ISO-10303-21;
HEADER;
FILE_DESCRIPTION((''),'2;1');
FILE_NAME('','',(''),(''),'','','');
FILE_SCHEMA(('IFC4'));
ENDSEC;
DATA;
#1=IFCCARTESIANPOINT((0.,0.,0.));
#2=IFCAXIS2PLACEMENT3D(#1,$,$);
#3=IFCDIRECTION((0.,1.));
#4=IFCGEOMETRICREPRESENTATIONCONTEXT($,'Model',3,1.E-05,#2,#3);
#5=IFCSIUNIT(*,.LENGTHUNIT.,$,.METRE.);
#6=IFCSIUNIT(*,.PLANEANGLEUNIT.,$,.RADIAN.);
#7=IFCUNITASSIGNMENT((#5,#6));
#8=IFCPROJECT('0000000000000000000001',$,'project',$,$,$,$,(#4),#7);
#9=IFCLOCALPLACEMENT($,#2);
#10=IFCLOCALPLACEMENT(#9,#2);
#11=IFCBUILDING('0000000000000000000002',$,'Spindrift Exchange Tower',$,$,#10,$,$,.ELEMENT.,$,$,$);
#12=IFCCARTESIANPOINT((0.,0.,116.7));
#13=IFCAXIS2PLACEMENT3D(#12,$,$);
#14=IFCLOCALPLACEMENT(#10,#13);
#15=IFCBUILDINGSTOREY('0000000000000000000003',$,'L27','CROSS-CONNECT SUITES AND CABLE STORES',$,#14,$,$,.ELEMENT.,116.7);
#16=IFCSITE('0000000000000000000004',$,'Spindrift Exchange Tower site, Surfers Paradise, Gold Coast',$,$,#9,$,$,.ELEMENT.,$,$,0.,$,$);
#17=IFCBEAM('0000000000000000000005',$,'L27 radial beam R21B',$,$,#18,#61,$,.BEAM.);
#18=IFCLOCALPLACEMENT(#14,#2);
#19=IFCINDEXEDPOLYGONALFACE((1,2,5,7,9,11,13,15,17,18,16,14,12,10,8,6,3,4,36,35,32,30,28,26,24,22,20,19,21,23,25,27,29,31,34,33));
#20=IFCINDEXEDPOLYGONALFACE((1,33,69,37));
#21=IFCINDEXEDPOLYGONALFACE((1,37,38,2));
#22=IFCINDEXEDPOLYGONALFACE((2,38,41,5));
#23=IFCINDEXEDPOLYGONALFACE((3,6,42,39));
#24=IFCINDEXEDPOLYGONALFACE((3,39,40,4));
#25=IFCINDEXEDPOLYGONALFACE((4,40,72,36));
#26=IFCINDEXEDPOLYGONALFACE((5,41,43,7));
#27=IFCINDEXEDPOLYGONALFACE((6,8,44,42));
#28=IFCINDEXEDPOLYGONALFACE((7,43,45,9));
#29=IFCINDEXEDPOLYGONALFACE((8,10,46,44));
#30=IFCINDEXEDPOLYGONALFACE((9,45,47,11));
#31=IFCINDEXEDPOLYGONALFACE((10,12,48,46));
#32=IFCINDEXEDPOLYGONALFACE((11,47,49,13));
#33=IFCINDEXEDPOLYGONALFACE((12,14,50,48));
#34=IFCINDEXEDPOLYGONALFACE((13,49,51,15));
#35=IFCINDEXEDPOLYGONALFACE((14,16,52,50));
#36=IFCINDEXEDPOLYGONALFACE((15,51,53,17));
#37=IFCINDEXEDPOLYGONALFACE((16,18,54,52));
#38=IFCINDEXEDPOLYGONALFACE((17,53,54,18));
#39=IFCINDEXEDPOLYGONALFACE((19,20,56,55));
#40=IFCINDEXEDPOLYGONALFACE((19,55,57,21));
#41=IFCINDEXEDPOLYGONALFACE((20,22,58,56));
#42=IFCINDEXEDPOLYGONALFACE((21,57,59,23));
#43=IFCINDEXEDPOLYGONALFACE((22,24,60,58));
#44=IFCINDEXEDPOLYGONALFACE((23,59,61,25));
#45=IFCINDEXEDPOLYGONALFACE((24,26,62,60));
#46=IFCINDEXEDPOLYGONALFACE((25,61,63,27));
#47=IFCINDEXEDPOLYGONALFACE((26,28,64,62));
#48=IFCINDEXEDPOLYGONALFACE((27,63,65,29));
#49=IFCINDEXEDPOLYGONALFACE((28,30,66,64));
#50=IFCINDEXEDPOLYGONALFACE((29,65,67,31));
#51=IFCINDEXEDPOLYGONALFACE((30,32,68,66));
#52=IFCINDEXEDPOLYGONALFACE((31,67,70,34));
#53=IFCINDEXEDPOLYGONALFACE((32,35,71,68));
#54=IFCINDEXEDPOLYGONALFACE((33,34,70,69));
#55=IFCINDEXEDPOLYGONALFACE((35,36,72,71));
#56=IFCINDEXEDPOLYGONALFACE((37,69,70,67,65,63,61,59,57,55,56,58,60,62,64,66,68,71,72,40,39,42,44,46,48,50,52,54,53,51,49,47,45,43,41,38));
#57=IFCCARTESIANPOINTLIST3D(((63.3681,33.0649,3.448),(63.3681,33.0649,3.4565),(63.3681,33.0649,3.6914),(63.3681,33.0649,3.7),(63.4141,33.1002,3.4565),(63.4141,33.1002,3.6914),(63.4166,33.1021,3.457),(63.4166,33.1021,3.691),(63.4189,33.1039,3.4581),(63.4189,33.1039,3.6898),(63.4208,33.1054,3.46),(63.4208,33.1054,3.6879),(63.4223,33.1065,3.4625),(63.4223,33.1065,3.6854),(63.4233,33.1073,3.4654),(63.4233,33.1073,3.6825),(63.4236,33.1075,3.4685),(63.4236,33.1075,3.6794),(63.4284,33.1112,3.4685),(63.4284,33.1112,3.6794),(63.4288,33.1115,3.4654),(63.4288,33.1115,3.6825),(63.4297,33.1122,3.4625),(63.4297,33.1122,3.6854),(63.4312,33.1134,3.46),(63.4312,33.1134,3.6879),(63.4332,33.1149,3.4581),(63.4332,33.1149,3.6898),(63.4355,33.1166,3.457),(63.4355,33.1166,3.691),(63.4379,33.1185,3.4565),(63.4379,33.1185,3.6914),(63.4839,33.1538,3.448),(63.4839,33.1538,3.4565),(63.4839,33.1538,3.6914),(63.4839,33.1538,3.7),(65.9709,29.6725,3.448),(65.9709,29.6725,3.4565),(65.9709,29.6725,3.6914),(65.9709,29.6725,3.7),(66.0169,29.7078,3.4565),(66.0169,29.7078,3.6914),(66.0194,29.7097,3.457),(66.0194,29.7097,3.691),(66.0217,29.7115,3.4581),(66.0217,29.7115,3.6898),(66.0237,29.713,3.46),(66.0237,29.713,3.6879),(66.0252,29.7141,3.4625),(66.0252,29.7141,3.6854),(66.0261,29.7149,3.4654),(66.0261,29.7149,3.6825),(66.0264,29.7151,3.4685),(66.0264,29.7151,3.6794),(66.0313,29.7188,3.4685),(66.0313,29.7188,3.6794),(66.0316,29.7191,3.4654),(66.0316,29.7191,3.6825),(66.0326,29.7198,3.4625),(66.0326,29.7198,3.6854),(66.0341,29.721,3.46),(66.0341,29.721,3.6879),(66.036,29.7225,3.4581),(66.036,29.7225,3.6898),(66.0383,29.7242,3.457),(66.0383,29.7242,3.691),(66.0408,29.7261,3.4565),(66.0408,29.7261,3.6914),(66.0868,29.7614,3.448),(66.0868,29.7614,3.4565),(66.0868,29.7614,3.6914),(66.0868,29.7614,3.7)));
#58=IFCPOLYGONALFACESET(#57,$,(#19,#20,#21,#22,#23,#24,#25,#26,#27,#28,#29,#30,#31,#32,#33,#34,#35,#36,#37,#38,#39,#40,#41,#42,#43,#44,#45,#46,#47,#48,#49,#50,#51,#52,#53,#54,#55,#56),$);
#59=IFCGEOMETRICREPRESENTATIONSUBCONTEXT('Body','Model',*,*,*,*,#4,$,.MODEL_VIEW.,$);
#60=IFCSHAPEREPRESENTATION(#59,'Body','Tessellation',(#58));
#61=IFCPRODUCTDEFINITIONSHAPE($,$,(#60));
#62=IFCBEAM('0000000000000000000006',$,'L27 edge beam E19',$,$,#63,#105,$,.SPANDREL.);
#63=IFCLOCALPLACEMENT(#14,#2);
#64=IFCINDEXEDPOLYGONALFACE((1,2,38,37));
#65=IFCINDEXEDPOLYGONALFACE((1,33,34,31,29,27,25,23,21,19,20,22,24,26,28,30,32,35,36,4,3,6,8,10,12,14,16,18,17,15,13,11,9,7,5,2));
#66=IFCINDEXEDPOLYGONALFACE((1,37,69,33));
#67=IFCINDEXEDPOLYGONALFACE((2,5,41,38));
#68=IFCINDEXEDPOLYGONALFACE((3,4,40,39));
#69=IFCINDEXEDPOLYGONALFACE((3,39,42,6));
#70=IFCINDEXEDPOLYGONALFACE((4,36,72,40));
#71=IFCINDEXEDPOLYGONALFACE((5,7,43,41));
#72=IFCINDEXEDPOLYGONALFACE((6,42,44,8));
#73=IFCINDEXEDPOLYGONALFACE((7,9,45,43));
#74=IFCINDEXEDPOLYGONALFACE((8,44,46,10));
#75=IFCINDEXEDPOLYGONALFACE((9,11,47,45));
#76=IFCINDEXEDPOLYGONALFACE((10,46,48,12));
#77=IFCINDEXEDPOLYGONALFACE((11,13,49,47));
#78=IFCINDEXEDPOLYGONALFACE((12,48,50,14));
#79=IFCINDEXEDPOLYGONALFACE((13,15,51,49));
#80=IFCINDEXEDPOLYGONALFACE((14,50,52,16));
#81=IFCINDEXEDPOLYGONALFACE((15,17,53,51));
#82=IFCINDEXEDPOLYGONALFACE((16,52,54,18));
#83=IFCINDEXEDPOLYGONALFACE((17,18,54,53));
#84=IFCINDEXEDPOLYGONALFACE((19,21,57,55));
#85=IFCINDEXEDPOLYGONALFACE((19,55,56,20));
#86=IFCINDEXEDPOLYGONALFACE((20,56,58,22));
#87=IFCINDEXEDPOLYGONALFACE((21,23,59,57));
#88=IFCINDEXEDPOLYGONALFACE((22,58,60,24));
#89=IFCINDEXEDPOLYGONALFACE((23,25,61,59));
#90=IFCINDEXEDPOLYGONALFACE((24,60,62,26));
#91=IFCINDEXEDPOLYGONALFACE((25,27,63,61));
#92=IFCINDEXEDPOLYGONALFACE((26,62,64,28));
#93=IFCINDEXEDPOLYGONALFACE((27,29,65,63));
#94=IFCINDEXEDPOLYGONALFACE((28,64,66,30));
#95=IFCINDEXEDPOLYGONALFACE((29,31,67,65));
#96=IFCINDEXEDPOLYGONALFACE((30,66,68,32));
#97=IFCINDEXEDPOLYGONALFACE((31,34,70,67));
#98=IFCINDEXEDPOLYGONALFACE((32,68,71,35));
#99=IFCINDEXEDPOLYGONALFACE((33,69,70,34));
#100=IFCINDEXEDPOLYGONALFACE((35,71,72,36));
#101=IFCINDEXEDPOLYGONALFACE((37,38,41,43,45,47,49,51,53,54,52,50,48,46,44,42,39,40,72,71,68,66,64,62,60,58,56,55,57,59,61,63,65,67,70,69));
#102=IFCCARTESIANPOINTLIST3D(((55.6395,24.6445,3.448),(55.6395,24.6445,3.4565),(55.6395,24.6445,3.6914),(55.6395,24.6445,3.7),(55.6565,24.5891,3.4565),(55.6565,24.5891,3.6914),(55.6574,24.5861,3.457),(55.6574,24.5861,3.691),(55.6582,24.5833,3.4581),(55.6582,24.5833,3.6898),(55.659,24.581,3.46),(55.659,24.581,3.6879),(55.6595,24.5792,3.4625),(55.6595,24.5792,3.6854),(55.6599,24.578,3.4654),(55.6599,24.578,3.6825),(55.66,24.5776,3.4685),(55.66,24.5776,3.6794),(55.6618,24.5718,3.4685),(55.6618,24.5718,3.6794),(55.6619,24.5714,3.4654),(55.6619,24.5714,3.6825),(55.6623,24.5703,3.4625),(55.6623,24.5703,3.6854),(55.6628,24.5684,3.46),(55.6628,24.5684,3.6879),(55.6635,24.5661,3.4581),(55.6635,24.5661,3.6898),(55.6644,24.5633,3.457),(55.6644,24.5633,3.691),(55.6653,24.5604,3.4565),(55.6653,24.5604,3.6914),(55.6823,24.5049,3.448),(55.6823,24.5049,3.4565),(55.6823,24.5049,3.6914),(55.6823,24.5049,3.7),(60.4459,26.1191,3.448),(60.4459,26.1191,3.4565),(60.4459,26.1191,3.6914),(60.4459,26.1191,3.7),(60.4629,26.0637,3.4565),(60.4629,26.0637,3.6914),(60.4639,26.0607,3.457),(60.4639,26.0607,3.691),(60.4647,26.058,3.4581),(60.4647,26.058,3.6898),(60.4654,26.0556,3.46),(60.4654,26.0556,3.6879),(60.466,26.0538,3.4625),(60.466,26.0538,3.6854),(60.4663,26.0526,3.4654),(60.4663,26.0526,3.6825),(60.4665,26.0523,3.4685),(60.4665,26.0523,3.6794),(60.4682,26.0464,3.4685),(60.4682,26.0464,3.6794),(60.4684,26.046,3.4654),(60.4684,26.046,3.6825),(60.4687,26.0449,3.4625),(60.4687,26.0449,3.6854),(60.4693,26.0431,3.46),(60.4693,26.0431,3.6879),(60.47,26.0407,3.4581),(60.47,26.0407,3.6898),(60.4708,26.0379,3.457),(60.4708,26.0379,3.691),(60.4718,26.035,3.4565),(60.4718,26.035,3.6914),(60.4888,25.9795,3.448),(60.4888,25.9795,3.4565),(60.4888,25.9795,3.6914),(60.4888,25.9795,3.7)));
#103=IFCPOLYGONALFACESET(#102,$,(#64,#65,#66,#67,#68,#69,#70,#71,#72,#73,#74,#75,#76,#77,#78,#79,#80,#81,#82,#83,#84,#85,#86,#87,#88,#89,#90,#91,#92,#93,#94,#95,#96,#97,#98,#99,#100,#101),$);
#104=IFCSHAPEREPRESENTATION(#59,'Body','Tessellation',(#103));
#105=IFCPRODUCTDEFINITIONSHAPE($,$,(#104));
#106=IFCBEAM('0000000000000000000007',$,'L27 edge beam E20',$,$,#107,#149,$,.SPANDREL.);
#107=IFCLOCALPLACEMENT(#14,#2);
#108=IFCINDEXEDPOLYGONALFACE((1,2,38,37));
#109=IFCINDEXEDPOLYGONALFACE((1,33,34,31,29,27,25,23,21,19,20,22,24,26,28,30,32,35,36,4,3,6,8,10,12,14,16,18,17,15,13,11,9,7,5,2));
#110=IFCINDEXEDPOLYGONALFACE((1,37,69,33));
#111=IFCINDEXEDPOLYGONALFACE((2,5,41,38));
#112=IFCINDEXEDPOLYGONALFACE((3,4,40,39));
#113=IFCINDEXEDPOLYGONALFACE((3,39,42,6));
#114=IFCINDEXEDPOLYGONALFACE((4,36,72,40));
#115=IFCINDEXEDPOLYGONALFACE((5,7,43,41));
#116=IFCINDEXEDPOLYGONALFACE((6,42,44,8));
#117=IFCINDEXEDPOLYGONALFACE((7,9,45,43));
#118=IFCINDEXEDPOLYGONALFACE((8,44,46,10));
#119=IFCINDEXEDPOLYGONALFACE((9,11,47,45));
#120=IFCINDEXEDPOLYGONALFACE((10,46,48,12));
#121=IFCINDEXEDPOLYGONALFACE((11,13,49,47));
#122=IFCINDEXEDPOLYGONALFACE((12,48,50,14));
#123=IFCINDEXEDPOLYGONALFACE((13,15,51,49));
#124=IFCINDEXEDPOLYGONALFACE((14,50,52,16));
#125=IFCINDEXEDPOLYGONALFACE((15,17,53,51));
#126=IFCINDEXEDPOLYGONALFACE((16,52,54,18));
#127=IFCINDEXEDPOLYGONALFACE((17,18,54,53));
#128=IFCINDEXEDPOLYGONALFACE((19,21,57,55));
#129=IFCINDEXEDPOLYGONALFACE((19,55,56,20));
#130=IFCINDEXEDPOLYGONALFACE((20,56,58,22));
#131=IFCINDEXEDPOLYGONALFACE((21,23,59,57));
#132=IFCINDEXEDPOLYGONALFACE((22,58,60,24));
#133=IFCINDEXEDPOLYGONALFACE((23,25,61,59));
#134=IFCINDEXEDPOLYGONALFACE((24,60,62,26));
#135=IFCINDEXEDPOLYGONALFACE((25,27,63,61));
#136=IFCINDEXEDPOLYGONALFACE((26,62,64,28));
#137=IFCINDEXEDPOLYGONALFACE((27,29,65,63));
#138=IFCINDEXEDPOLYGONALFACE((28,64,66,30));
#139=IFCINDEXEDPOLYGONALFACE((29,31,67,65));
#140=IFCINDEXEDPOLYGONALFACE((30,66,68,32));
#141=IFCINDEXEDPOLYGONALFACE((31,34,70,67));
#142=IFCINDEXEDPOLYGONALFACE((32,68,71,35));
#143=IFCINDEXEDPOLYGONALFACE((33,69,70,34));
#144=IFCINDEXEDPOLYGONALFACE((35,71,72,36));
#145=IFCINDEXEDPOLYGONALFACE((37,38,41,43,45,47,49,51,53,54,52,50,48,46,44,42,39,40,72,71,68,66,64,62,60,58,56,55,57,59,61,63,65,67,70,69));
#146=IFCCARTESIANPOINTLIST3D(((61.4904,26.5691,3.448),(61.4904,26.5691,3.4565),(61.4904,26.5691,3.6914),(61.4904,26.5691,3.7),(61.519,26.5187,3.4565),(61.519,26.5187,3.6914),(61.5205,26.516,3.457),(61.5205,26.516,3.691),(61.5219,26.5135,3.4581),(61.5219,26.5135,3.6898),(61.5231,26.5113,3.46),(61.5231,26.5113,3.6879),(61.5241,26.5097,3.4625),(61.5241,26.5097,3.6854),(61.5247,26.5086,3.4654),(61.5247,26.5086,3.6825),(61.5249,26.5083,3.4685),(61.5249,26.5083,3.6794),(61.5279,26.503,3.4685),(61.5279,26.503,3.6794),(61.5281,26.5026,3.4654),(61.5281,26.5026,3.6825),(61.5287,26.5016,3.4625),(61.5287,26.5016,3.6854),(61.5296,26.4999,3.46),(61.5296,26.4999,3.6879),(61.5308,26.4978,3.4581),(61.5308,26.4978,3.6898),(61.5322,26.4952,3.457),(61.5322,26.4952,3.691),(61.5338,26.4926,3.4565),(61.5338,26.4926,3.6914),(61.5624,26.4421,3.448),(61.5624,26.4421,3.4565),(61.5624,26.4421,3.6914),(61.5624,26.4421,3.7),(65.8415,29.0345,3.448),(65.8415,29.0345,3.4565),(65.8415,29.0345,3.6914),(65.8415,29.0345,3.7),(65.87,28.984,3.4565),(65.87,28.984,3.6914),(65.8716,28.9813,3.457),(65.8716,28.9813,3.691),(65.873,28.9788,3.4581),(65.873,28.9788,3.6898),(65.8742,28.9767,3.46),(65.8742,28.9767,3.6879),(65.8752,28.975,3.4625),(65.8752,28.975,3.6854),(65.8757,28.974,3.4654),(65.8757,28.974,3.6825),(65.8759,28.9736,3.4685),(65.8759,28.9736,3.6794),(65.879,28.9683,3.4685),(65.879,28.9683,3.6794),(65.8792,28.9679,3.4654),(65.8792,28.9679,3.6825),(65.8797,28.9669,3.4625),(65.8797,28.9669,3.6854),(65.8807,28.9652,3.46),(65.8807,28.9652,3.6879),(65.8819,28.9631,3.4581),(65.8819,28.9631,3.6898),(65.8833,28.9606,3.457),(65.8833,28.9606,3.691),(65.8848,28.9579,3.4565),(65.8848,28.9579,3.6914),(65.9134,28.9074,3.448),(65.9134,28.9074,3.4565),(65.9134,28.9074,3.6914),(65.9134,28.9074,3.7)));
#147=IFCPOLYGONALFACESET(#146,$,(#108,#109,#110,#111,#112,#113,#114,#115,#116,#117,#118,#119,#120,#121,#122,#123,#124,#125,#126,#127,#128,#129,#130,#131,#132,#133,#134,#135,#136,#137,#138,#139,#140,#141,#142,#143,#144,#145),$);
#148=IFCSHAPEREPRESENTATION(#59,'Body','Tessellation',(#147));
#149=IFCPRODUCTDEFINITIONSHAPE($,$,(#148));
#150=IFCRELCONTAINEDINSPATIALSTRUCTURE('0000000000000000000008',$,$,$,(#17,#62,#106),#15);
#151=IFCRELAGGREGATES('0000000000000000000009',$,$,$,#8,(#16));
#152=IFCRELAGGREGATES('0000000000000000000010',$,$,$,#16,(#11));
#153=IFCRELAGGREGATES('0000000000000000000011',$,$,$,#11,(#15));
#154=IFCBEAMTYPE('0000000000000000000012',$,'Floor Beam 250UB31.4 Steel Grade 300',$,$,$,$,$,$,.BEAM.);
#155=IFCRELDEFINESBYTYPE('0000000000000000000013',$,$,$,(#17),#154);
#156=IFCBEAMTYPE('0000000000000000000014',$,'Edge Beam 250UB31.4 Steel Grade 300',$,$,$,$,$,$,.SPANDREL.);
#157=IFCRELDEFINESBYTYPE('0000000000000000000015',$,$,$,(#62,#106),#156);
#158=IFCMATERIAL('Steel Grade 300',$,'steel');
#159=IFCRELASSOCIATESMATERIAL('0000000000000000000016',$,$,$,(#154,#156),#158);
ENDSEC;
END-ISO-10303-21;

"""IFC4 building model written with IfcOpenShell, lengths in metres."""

from ifc_helpers import new_model, si_unit, direction, frame, origin, origin_2d, place, context, subcontext, project, spatial, i_section, extrude, source, transform, mapped, material, material_profile, profile_set, type_object, element, save


model = new_model("IFC4")

# Units and contexts
model_context = context("Model", 3, precision=1e-05, world=origin(), true_north=direction((0.0, 1.0)))
body_context = subcontext(model_context, "Body", "Model", "MODEL_VIEW")
ifc_project = project(units=[si_unit("LENGTHUNIT", "METRE"), si_unit("PLANEANGLEUNIT", "RADIAN")], contexts=[model_context])

# Site, building, storey
site_placement = place(None, origin())
site = spatial("IfcSite", under=ifc_project, at=site_placement, Name="Spindrift Exchange Tower site, Surfers Paradise, Gold Coast", CompositionType="ELEMENT", RefElevation=0.0)
building_placement = place(site_placement, origin())
building = spatial("IfcBuilding", under=site, at=building_placement, Name="Spindrift Exchange Tower", CompositionType="ELEMENT")
storey_placement = place(building_placement, frame((0.0, 0.0, 116.7)))
storey = spatial("IfcBuildingStorey", under=building, at=storey_placement, Name="L27", Description="CROSS-CONNECT SUITES AND CABLE STORES", CompositionType="ELEMENT", Elevation=116.7)

# Beams
ifc_material_1 = material(Name="Steel Grade 300", Category="steel")
ifc_material_profile_1 = material_profile(ifc_material_1, i_section(OverallWidth=0.146, OverallDepth=0.252, WebThickness=0.0061, FlangeThickness=0.0085, FilletRadius=0.012, at=origin_2d()), Name="250UB31.4")
ifc_profile_set_1 = profile_set([ifc_material_profile_1], Name="Steel Grade 300")
beam_type_1 = type_object("IfcBeamType", Name="Floor Beam 250UB31.4 Steel Grade 300", PredefinedType="BEAM", material=ifc_profile_set_1)
shared_shape_1 = source(origin(), body_context, "Body", "SweptSolid", [
    extrude(i_section(OverallWidth=0.146, OverallDepth=0.252, WebThickness=0.0061, FlangeThickness=0.0085, FilletRadius=0.012, at=origin_2d()), origin(), (0.0, 0.0, 1.0), 4.2759),
])
beam_1_placement = place(storey_placement, frame((63.426, 33.1094, 3.574), z_axis=(0.608725, -0.793381, 0.0), x_axis=(0.793381, 0.608725, 0.0)))
element("IfcBeam", 1, at=beam_1_placement, inside=storey, type_object=beam_type_1, Name="L27 radial beam R21B", PredefinedType="BEAM", context=body_context, shape_type="MappedRepresentation", body=[
    mapped(shared_shape_1, transform((0.0, 0.0, 0.0), scale=1.0)),
])
ifc_material_profile_2 = material_profile(ifc_material_1, i_section(OverallWidth=0.146, OverallDepth=0.252, WebThickness=0.0061, FlangeThickness=0.0085, FilletRadius=0.012, at=origin_2d()), Name="250UB31.4")
ifc_profile_set_2 = profile_set([ifc_material_profile_2], Name="Steel Grade 300")
beam_type_2 = type_object("IfcBeamType", Name="Edge Beam 250UB31.4 Steel Grade 300", PredefinedType="SPANDREL", material=ifc_profile_set_2)
shared_shape_2 = source(origin(), body_context, "Body", "SweptSolid", [
    extrude(i_section(OverallWidth=0.146, OverallDepth=0.252, WebThickness=0.0061, FlangeThickness=0.0085, FilletRadius=0.012, at=origin_2d()), origin(), (0.0, 0.0, 1.0), 5.0276),
])
beam_2_placement = place(storey_placement, frame((55.6609, 24.5747, 3.574), z_axis=(0.956018, 0.293308, 0.0), x_axis=(-0.293308, 0.956018, 0.0)))
element("IfcBeam", 2, at=beam_2_placement, inside=storey, type_object=beam_type_2, Name="L27 edge beam E19", PredefinedType="SPANDREL", context=body_context, shape_type="MappedRepresentation", body=[
    mapped(shared_shape_2, transform((0.0, 0.0, 0.0), scale=1.0)),
])
shared_shape_3 = source(origin(), body_context, "Body", "SweptSolid", [
    extrude(i_section(OverallWidth=0.146, OverallDepth=0.252, WebThickness=0.0061, FlangeThickness=0.0085, FilletRadius=0.012, at=origin_2d()), origin(), (0.0, 0.0, 1.0), 5.001),
])
beam_3_placement = place(storey_placement, frame((61.5264, 26.5056, 3.574), z_axis=(0.870046, 0.492971, 0.0), x_axis=(-0.492971, 0.870046, 0.0)))
element("IfcBeam", 3, at=beam_3_placement, inside=storey, type_object=beam_type_2, Name="L27 edge beam E20", PredefinedType="SPANDREL", context=body_context, shape_type="MappedRepresentation", body=[
    mapped(shared_shape_3, transform((0.0, 0.0, 0.0), scale=1.0)),
])

save(model, "model.ifc")
